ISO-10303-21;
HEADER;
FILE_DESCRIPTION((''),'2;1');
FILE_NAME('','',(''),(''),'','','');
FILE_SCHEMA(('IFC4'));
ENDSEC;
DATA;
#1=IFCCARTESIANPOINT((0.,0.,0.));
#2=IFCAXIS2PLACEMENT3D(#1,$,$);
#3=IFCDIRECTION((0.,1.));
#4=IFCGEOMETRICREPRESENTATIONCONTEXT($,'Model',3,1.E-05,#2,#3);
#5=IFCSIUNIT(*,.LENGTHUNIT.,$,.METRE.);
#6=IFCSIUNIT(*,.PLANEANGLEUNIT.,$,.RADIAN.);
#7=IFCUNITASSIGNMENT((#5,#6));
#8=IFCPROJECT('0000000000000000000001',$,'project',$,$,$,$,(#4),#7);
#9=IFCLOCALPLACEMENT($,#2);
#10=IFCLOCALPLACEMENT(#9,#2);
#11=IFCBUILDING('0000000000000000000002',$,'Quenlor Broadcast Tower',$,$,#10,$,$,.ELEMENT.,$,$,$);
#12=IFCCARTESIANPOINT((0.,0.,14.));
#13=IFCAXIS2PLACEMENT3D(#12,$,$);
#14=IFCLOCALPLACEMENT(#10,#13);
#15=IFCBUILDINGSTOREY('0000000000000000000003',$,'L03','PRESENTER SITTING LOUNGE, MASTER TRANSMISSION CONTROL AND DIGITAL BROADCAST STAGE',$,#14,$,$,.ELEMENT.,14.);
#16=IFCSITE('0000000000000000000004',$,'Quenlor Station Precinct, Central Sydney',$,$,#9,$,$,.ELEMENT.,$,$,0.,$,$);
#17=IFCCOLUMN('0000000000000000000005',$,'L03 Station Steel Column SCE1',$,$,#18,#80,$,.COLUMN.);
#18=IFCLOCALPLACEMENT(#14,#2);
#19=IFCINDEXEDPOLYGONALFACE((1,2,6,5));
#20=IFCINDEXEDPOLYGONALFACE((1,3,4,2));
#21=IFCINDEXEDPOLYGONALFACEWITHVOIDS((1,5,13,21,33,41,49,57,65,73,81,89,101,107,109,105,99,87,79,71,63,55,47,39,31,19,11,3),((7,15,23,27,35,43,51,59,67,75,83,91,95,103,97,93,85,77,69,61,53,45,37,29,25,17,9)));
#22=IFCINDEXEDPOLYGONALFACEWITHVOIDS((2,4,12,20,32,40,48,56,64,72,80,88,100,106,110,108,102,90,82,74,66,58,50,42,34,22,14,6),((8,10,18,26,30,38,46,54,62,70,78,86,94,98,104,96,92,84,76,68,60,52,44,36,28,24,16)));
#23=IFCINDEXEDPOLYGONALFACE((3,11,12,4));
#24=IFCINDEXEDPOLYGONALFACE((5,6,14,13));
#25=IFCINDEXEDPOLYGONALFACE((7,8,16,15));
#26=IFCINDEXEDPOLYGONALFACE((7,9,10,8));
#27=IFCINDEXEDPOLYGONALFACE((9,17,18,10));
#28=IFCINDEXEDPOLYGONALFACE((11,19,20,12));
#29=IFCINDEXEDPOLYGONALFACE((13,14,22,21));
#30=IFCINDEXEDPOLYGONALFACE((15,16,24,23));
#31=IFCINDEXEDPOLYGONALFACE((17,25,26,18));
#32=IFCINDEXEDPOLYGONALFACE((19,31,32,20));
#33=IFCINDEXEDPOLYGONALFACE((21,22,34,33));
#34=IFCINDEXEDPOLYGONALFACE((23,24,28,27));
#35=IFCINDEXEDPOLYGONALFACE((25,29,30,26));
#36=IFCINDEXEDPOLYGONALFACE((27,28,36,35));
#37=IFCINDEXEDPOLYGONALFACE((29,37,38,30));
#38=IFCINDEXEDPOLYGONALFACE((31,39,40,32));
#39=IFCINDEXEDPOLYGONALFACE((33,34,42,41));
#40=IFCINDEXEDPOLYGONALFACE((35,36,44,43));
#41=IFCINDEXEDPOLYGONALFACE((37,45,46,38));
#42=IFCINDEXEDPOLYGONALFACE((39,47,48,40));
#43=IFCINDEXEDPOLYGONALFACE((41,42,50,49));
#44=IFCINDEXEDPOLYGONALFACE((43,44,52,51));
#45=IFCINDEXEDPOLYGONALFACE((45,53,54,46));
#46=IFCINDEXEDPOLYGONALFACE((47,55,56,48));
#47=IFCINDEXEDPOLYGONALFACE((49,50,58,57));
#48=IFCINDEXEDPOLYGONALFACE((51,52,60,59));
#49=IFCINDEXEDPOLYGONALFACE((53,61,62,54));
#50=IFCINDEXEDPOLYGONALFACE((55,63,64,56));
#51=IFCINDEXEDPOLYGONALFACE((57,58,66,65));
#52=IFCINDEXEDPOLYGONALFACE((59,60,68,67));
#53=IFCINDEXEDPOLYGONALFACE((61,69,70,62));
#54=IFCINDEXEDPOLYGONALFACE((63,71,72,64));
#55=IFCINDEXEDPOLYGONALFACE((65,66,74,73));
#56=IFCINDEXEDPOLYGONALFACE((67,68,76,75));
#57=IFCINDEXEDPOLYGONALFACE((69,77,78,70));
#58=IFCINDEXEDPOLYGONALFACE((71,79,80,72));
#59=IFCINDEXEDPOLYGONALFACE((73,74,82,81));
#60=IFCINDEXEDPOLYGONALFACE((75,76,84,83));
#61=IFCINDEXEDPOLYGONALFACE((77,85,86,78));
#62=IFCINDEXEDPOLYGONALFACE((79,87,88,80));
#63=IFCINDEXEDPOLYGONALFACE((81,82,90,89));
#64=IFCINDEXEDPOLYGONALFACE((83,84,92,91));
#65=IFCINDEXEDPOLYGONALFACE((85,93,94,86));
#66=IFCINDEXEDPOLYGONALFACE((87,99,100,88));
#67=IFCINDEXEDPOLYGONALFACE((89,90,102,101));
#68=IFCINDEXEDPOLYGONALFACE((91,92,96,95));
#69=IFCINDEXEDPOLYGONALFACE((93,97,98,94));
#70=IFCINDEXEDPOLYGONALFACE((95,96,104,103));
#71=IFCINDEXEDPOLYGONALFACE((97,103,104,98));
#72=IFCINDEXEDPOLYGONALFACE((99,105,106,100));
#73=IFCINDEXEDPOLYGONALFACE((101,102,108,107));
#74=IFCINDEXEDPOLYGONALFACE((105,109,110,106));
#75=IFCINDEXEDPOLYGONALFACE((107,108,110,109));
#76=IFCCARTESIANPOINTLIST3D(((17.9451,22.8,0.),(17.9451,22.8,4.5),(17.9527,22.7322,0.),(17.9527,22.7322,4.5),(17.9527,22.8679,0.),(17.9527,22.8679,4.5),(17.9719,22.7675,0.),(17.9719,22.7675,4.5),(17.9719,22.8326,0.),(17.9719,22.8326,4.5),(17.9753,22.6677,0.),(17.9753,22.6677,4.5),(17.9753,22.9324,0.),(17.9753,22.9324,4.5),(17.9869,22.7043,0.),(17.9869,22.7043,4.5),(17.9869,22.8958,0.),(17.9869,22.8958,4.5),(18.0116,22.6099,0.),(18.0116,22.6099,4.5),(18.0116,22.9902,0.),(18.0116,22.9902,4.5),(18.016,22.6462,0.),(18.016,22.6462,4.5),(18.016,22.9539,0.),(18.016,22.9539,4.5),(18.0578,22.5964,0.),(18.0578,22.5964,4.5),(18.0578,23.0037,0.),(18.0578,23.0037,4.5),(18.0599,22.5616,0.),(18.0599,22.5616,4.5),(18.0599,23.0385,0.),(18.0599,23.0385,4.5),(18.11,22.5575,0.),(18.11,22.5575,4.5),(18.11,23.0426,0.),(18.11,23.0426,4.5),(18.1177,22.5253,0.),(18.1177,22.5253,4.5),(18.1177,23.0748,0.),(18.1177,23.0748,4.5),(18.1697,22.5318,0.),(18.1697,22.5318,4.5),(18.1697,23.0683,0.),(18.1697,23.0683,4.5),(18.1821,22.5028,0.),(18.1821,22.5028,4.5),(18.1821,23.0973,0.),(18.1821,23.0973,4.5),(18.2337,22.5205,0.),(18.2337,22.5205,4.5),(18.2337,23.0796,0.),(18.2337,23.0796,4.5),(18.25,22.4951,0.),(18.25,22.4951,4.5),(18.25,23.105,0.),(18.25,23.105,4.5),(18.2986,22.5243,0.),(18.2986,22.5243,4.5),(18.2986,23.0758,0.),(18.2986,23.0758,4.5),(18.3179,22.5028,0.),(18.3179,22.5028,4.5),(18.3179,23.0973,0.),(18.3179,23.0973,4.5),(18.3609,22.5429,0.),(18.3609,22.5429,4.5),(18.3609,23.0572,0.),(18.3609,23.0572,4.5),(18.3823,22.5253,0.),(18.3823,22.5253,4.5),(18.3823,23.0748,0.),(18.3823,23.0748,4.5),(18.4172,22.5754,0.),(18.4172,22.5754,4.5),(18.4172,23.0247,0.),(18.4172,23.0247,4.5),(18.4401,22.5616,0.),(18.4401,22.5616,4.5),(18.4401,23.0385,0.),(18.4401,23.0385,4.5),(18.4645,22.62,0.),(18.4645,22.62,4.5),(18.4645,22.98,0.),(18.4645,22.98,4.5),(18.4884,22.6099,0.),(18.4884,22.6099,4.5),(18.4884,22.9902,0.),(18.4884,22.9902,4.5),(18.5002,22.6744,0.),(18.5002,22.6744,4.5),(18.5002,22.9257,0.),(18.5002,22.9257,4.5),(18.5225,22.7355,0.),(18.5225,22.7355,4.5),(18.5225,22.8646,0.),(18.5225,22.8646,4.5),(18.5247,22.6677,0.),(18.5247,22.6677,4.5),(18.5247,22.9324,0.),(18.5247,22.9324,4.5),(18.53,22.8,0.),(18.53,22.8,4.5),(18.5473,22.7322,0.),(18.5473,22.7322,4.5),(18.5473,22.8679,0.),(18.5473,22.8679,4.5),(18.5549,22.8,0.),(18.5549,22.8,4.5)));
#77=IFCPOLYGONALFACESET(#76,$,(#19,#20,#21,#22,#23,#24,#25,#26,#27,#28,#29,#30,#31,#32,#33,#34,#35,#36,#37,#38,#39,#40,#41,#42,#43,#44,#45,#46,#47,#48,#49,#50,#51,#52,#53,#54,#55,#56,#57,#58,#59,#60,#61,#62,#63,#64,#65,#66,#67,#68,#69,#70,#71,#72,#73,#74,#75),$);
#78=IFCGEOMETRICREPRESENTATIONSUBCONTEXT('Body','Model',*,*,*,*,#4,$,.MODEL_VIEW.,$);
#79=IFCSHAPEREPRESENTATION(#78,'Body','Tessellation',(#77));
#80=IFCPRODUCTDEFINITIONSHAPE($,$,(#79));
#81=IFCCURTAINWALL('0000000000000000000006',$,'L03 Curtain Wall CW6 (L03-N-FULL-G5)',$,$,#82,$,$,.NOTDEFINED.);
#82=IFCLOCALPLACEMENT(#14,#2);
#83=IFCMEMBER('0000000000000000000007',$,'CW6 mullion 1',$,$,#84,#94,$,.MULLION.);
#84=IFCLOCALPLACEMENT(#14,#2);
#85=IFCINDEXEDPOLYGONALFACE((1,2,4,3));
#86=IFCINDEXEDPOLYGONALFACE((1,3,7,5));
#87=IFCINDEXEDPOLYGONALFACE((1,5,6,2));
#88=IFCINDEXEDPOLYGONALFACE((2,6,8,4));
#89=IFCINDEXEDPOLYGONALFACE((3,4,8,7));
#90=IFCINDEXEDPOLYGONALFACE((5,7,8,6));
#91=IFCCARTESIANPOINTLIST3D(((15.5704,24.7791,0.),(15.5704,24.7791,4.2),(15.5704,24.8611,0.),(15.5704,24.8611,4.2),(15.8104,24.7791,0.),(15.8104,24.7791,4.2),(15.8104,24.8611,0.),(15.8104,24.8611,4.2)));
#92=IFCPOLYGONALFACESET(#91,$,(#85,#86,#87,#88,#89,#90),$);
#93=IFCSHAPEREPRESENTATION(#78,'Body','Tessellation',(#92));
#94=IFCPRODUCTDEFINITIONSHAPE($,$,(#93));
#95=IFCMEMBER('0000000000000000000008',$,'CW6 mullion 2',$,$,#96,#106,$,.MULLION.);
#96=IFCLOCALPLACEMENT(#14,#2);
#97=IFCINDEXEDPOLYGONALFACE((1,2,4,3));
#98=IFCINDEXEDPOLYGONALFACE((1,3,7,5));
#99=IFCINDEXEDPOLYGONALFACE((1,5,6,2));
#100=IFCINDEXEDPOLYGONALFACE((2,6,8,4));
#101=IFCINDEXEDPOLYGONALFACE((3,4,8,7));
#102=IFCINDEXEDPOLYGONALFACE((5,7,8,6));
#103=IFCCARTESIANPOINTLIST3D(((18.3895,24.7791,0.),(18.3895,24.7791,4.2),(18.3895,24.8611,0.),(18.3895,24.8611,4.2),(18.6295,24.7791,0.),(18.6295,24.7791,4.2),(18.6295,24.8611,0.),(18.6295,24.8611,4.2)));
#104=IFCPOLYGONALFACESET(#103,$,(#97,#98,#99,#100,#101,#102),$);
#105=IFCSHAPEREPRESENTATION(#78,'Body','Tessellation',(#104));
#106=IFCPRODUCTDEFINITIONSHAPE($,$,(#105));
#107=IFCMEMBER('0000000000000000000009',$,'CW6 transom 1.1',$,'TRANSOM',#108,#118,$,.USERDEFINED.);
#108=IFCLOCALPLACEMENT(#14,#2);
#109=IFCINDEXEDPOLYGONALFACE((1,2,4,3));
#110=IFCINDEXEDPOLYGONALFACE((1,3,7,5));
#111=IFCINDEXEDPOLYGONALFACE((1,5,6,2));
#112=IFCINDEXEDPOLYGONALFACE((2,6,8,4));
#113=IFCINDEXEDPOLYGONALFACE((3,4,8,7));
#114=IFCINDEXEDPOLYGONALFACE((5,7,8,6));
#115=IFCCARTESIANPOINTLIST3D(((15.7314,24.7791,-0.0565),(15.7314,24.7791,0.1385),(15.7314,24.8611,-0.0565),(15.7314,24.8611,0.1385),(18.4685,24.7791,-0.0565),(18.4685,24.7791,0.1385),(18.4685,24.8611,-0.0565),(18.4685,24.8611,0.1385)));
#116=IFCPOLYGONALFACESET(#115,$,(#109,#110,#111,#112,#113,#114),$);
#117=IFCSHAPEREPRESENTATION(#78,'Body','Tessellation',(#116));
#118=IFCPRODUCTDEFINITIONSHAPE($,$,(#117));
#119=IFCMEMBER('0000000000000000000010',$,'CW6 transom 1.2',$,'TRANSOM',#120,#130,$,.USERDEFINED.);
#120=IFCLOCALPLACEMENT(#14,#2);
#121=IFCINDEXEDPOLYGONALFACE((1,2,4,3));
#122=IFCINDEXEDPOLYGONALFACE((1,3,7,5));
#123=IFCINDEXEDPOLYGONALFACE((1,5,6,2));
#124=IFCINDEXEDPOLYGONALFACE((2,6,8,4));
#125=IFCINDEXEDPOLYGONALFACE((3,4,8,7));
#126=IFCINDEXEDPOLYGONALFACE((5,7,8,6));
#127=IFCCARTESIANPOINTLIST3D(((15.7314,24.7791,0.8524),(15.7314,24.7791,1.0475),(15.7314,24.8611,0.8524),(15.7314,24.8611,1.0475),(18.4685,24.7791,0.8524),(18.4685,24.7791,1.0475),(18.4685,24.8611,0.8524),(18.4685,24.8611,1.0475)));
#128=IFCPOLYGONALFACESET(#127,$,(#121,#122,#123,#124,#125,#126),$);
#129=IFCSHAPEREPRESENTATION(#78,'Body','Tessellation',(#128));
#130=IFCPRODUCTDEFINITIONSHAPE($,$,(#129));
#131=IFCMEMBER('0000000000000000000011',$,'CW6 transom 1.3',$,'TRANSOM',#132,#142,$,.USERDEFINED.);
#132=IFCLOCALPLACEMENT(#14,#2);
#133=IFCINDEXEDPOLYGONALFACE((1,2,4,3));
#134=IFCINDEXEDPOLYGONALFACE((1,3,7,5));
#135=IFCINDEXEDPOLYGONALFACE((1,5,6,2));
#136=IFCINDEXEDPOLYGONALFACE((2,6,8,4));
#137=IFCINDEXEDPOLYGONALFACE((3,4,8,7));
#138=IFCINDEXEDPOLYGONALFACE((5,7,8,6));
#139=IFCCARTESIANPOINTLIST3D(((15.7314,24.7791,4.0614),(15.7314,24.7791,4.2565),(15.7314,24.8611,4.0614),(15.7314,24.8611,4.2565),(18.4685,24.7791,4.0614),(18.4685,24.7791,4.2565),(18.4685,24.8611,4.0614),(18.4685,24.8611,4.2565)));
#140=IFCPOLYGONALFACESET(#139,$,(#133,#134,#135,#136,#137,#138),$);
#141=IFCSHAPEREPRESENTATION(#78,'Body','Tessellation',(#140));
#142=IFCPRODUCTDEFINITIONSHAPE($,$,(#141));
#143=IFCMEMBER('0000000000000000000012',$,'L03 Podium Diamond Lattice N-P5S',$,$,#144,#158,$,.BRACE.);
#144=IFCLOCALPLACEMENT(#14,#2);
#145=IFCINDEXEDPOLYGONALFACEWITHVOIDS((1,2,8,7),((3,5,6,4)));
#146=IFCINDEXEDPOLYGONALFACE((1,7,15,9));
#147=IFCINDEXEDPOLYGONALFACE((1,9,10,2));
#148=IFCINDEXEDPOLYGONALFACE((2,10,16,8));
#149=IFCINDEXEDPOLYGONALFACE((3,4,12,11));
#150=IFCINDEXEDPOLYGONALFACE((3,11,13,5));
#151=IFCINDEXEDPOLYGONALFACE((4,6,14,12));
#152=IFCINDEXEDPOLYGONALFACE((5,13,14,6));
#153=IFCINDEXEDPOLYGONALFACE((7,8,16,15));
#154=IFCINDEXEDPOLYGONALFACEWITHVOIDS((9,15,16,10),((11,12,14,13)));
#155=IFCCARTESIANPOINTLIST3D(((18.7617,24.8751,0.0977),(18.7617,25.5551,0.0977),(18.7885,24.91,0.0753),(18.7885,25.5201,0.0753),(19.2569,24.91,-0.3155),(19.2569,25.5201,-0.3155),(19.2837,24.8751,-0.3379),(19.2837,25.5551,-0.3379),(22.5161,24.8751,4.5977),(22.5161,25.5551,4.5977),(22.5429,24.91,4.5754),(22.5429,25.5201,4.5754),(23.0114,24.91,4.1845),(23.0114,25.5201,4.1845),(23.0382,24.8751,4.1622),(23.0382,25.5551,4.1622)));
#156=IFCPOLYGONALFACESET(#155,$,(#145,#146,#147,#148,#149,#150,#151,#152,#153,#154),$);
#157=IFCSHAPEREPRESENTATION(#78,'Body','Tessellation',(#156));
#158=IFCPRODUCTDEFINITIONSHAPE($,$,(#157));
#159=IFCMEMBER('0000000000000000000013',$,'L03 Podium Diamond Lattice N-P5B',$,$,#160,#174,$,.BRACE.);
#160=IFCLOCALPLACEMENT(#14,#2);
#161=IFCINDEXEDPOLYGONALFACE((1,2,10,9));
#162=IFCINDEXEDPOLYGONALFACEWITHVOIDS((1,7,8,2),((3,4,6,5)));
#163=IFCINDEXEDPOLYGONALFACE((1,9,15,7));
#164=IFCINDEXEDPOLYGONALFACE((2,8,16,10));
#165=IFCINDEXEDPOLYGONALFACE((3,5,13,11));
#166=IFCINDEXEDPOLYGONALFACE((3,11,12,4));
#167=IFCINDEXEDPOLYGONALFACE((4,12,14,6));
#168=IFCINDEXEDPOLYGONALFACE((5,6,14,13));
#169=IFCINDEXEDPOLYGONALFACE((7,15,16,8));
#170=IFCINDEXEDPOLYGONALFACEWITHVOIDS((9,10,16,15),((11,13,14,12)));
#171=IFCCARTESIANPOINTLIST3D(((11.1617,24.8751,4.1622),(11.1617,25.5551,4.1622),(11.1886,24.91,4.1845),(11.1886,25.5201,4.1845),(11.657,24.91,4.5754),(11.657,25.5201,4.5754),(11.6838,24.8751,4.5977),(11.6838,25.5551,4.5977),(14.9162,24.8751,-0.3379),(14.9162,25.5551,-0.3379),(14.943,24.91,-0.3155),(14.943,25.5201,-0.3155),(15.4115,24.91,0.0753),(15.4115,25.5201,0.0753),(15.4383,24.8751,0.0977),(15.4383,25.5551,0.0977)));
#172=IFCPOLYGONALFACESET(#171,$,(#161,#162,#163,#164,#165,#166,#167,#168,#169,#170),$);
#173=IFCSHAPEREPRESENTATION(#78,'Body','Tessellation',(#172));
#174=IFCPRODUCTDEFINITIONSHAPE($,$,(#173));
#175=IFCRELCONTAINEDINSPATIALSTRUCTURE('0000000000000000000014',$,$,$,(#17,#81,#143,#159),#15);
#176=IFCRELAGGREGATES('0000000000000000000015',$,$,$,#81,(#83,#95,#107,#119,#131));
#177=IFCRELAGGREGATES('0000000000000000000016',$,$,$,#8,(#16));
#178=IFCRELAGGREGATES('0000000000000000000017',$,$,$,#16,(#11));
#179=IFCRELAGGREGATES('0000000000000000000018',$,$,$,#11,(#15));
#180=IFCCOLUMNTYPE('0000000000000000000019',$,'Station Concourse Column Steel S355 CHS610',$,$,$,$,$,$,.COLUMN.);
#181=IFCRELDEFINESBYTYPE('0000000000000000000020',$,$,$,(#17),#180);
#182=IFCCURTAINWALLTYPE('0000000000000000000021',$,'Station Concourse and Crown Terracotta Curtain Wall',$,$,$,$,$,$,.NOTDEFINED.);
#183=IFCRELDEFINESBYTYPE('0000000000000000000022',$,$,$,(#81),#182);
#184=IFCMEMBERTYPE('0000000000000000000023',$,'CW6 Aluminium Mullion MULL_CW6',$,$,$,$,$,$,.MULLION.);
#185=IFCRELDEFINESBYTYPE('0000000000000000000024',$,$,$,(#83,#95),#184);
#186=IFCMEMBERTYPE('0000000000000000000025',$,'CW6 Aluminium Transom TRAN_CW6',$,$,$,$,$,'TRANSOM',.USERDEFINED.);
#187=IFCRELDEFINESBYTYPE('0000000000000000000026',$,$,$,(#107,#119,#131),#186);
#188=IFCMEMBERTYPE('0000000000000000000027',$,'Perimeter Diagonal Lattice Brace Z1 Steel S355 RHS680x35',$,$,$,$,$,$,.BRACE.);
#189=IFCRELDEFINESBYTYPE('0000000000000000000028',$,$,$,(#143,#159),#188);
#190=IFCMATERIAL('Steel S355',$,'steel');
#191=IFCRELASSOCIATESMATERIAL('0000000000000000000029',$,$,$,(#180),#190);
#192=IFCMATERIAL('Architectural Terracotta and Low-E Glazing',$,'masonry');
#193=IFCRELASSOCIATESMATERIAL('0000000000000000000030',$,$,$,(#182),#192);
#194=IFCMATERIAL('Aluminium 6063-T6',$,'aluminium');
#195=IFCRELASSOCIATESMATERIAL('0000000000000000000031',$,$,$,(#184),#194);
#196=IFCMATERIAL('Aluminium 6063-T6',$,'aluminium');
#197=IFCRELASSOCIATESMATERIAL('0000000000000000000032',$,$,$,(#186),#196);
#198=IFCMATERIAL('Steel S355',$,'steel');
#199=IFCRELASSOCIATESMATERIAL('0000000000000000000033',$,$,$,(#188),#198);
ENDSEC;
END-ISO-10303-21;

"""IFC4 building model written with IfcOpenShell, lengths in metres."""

from ifc_helpers import new_model, si_unit, direction, frame, origin, origin_2d, place, context, subcontext, project, spatial, rectangle, hollow_rectangle, hollow_circle, extrude, material, material_profile, profile_set, type_object, element, aggregate, save


model = new_model("IFC4")

# Units and contexts
model_context = context("Model", 3, precision=1e-05, world=origin(), true_north=direction((0.0, 1.0)))
body_context = subcontext(model_context, "Body", "Model", "MODEL_VIEW")
ifc_project = project(units=[si_unit("LENGTHUNIT", "METRE"), si_unit("PLANEANGLEUNIT", "RADIAN")], contexts=[model_context])

# Site, building, storey
site_placement = place(None, origin())
site = spatial("IfcSite", under=ifc_project, at=site_placement, Name="Quenlor Station Precinct, Central Sydney", CompositionType="ELEMENT", RefElevation=0.0)
building_placement = place(site_placement, origin())
building = spatial("IfcBuilding", under=site, at=building_placement, Name="Quenlor Broadcast Tower", CompositionType="ELEMENT")
storey_placement = place(building_placement, frame((0.0, 0.0, 14.0)))
storey = spatial("IfcBuildingStorey", under=building, at=storey_placement, Name="L03", Description="PRESENTER SITTING LOUNGE, MASTER TRANSMISSION CONTROL AND DIGITAL BROADCAST STAGE", CompositionType="ELEMENT", Elevation=14.0)

# Column
ifc_material_1 = material(Name="Steel S355", Category="steel")
ifc_material_profile_1 = material_profile(ifc_material_1, hollow_circle(Radius=0.3049, WallThickness=0.0249, at=origin_2d()))
ifc_profile_set_1 = profile_set([ifc_material_profile_1], Name="Steel S355 CHS610x25")
column_type = type_object("IfcColumnType", Name="Station Concourse Column Steel S355 CHS610", PredefinedType="COLUMN", material=ifc_profile_set_1)
column_placement = place(storey_placement, frame((18.25, 22.8, 0.0), z_axis=(0.0, 0.0, 1.0), x_axis=(1.0, 0.0, 0.0)))
element("IfcColumn", 1, at=column_placement, inside=storey, type_object=column_type, Name="L03 Station Steel Column SCE1", PredefinedType="COLUMN", context=body_context, shape_type="SweptSolid", body=[
    extrude(hollow_circle(Radius=0.3049, WallThickness=0.0249, at=origin_2d()), origin(), (0.0, 0.0, 1.0), 4.5),
])

# Curtain wall, members
ifc_material_2 = material(Name="Architectural Terracotta and Low-E Glazing", Category="masonry")
curtain_wall_type = type_object("IfcCurtainWallType", Name="Station Concourse and Crown Terracotta Curtain Wall", PredefinedType="NOTDEFINED", material=ifc_material_2)
curtain_wall_placement = place(storey_placement, origin())
curtain_wall = element("IfcCurtainWall", 2, at=curtain_wall_placement, inside=storey, type_object=curtain_wall_type, Name="L03 Curtain Wall CW6 (L03-N-FULL-G5)", PredefinedType="NOTDEFINED")
ifc_material_3 = material(Name="Aluminium 6063-T6", Category="aluminium")
ifc_material_profile_2 = material_profile(ifc_material_3, rectangle(XDim=0.082, YDim=0.24, at=origin_2d()))
ifc_profile_set_2 = profile_set([ifc_material_profile_2], Name="Aluminium 6063-T6 MULL82x240")
member_type_1 = type_object("IfcMemberType", Name="CW6 Aluminium Mullion MULL_CW6", PredefinedType="MULLION", material=ifc_profile_set_2)
member_1_placement = place(storey_placement, frame((15.6904, 24.8201, 0.0), z_axis=(0.0, 0.0, 1.0), x_axis=(0.0, 1.0, 0.0)))
member_1 = element("IfcMember", 3, at=member_1_placement, type_object=member_type_1, Name="CW6 mullion 1", PredefinedType="MULLION", context=body_context, shape_type="SweptSolid", body=[
    extrude(rectangle(XDim=0.082, YDim=0.24, at=origin_2d()), origin(), (0.0, 0.0, 1.0), 4.2),
])
member_2_placement = place(storey_placement, frame((18.5095, 24.8201, 0.0), z_axis=(0.0, 0.0, 1.0), x_axis=(0.0, 1.0, 0.0)))
member_2 = element("IfcMember", 4, at=member_2_placement, type_object=member_type_1, Name="CW6 mullion 2", PredefinedType="MULLION", context=body_context, shape_type="SweptSolid", body=[
    extrude(rectangle(XDim=0.082, YDim=0.24, at=origin_2d()), origin(), (0.0, 0.0, 1.0), 4.2),
])
ifc_material_4 = material(Name="Aluminium 6063-T6", Category="aluminium")
ifc_material_profile_3 = material_profile(ifc_material_4, rectangle(XDim=0.082, YDim=0.1951, at=origin_2d()))
ifc_profile_set_3 = profile_set([ifc_material_profile_3], Name="Aluminium 6063-T6 TRAN82x195")
member_type_2 = type_object("IfcMemberType", Name="CW6 Aluminium Transom TRAN_CW6", ElementType="TRANSOM", PredefinedType="USERDEFINED", material=ifc_profile_set_3)
member_3_placement = place(storey_placement, frame((15.7314, 24.8201, 0.041), z_axis=(1.0, 0.0, 0.0), x_axis=(0.0, 1.0, 0.0)))
member_3 = element("IfcMember", 5, at=member_3_placement, type_object=member_type_2, Name="CW6 transom 1.1", ObjectType="TRANSOM", PredefinedType="USERDEFINED", context=body_context, shape_type="SweptSolid", body=[
    extrude(rectangle(XDim=0.082, YDim=0.1951, at=origin_2d()), origin(), (0.0, 0.0, 1.0), 2.7371),
])
member_4_placement = place(storey_placement, frame((15.7314, 24.8201, 0.95), z_axis=(1.0, 0.0, 0.0), x_axis=(0.0, 1.0, 0.0)))
member_4 = element("IfcMember", 6, at=member_4_placement, type_object=member_type_2, Name="CW6 transom 1.2", ObjectType="TRANSOM", PredefinedType="USERDEFINED", context=body_context, shape_type="SweptSolid", body=[
    extrude(rectangle(XDim=0.082, YDim=0.1951, at=origin_2d()), origin(), (0.0, 0.0, 1.0), 2.7371),
])
member_5_placement = place(storey_placement, frame((15.7314, 24.8201, 4.1589), z_axis=(1.0, 0.0, 0.0), x_axis=(0.0, 1.0, 0.0)))
member_5 = element("IfcMember", 7, at=member_5_placement, type_object=member_type_2, Name="CW6 transom 1.3", ObjectType="TRANSOM", PredefinedType="USERDEFINED", context=body_context, shape_type="SweptSolid", body=[
    extrude(rectangle(XDim=0.082, YDim=0.1951, at=origin_2d()), origin(), (0.0, 0.0, 1.0), 2.7371),
])

# Members
ifc_material_5 = material(Name="Steel S355", Category="steel")
ifc_material_profile_4 = material_profile(ifc_material_5, hollow_rectangle(XDim=0.6799, YDim=0.6799, WallThickness=0.0349, at=origin_2d()))
ifc_profile_set_4 = profile_set([ifc_material_profile_4], Name="Steel S355 RHS680x680x35")
member_type_3 = type_object("IfcMemberType", Name="Perimeter Diagonal Lattice Brace Z1 Steel S355 RHS680x35", PredefinedType="BRACE", material=ifc_profile_set_4)
for number, where, z_axis, x_axis, name in (
    (8, (19.0227, 25.2151, -0.1201), (0.640627, 0.0, 0.767852), (0.0, 1.0, 0.0), "L03 Podium Diamond Lattice N-P5S"),
    (9, (15.1772, 25.2151, -0.1201), (-0.640627, 0.0, 0.767852), (0.0, -1.0, 0.0), "L03 Podium Diamond Lattice N-P5B"),
):
    element("IfcMember", number, at=place(storey_placement, frame(where, z_axis=z_axis, x_axis=x_axis)), inside=storey, type_object=member_type_3, Name=name, PredefinedType="BRACE", context=body_context, shape_type="SweptSolid", body=[
        extrude(hollow_rectangle(XDim=0.6799, YDim=0.6799, WallThickness=0.0349, at=origin_2d()), origin(), (0.0, 0.0, 1.0), 5.8606),
    ])

aggregate(curtain_wall, [member_1, member_2, member_3, member_4, member_5])

save(model, "model.ifc")
